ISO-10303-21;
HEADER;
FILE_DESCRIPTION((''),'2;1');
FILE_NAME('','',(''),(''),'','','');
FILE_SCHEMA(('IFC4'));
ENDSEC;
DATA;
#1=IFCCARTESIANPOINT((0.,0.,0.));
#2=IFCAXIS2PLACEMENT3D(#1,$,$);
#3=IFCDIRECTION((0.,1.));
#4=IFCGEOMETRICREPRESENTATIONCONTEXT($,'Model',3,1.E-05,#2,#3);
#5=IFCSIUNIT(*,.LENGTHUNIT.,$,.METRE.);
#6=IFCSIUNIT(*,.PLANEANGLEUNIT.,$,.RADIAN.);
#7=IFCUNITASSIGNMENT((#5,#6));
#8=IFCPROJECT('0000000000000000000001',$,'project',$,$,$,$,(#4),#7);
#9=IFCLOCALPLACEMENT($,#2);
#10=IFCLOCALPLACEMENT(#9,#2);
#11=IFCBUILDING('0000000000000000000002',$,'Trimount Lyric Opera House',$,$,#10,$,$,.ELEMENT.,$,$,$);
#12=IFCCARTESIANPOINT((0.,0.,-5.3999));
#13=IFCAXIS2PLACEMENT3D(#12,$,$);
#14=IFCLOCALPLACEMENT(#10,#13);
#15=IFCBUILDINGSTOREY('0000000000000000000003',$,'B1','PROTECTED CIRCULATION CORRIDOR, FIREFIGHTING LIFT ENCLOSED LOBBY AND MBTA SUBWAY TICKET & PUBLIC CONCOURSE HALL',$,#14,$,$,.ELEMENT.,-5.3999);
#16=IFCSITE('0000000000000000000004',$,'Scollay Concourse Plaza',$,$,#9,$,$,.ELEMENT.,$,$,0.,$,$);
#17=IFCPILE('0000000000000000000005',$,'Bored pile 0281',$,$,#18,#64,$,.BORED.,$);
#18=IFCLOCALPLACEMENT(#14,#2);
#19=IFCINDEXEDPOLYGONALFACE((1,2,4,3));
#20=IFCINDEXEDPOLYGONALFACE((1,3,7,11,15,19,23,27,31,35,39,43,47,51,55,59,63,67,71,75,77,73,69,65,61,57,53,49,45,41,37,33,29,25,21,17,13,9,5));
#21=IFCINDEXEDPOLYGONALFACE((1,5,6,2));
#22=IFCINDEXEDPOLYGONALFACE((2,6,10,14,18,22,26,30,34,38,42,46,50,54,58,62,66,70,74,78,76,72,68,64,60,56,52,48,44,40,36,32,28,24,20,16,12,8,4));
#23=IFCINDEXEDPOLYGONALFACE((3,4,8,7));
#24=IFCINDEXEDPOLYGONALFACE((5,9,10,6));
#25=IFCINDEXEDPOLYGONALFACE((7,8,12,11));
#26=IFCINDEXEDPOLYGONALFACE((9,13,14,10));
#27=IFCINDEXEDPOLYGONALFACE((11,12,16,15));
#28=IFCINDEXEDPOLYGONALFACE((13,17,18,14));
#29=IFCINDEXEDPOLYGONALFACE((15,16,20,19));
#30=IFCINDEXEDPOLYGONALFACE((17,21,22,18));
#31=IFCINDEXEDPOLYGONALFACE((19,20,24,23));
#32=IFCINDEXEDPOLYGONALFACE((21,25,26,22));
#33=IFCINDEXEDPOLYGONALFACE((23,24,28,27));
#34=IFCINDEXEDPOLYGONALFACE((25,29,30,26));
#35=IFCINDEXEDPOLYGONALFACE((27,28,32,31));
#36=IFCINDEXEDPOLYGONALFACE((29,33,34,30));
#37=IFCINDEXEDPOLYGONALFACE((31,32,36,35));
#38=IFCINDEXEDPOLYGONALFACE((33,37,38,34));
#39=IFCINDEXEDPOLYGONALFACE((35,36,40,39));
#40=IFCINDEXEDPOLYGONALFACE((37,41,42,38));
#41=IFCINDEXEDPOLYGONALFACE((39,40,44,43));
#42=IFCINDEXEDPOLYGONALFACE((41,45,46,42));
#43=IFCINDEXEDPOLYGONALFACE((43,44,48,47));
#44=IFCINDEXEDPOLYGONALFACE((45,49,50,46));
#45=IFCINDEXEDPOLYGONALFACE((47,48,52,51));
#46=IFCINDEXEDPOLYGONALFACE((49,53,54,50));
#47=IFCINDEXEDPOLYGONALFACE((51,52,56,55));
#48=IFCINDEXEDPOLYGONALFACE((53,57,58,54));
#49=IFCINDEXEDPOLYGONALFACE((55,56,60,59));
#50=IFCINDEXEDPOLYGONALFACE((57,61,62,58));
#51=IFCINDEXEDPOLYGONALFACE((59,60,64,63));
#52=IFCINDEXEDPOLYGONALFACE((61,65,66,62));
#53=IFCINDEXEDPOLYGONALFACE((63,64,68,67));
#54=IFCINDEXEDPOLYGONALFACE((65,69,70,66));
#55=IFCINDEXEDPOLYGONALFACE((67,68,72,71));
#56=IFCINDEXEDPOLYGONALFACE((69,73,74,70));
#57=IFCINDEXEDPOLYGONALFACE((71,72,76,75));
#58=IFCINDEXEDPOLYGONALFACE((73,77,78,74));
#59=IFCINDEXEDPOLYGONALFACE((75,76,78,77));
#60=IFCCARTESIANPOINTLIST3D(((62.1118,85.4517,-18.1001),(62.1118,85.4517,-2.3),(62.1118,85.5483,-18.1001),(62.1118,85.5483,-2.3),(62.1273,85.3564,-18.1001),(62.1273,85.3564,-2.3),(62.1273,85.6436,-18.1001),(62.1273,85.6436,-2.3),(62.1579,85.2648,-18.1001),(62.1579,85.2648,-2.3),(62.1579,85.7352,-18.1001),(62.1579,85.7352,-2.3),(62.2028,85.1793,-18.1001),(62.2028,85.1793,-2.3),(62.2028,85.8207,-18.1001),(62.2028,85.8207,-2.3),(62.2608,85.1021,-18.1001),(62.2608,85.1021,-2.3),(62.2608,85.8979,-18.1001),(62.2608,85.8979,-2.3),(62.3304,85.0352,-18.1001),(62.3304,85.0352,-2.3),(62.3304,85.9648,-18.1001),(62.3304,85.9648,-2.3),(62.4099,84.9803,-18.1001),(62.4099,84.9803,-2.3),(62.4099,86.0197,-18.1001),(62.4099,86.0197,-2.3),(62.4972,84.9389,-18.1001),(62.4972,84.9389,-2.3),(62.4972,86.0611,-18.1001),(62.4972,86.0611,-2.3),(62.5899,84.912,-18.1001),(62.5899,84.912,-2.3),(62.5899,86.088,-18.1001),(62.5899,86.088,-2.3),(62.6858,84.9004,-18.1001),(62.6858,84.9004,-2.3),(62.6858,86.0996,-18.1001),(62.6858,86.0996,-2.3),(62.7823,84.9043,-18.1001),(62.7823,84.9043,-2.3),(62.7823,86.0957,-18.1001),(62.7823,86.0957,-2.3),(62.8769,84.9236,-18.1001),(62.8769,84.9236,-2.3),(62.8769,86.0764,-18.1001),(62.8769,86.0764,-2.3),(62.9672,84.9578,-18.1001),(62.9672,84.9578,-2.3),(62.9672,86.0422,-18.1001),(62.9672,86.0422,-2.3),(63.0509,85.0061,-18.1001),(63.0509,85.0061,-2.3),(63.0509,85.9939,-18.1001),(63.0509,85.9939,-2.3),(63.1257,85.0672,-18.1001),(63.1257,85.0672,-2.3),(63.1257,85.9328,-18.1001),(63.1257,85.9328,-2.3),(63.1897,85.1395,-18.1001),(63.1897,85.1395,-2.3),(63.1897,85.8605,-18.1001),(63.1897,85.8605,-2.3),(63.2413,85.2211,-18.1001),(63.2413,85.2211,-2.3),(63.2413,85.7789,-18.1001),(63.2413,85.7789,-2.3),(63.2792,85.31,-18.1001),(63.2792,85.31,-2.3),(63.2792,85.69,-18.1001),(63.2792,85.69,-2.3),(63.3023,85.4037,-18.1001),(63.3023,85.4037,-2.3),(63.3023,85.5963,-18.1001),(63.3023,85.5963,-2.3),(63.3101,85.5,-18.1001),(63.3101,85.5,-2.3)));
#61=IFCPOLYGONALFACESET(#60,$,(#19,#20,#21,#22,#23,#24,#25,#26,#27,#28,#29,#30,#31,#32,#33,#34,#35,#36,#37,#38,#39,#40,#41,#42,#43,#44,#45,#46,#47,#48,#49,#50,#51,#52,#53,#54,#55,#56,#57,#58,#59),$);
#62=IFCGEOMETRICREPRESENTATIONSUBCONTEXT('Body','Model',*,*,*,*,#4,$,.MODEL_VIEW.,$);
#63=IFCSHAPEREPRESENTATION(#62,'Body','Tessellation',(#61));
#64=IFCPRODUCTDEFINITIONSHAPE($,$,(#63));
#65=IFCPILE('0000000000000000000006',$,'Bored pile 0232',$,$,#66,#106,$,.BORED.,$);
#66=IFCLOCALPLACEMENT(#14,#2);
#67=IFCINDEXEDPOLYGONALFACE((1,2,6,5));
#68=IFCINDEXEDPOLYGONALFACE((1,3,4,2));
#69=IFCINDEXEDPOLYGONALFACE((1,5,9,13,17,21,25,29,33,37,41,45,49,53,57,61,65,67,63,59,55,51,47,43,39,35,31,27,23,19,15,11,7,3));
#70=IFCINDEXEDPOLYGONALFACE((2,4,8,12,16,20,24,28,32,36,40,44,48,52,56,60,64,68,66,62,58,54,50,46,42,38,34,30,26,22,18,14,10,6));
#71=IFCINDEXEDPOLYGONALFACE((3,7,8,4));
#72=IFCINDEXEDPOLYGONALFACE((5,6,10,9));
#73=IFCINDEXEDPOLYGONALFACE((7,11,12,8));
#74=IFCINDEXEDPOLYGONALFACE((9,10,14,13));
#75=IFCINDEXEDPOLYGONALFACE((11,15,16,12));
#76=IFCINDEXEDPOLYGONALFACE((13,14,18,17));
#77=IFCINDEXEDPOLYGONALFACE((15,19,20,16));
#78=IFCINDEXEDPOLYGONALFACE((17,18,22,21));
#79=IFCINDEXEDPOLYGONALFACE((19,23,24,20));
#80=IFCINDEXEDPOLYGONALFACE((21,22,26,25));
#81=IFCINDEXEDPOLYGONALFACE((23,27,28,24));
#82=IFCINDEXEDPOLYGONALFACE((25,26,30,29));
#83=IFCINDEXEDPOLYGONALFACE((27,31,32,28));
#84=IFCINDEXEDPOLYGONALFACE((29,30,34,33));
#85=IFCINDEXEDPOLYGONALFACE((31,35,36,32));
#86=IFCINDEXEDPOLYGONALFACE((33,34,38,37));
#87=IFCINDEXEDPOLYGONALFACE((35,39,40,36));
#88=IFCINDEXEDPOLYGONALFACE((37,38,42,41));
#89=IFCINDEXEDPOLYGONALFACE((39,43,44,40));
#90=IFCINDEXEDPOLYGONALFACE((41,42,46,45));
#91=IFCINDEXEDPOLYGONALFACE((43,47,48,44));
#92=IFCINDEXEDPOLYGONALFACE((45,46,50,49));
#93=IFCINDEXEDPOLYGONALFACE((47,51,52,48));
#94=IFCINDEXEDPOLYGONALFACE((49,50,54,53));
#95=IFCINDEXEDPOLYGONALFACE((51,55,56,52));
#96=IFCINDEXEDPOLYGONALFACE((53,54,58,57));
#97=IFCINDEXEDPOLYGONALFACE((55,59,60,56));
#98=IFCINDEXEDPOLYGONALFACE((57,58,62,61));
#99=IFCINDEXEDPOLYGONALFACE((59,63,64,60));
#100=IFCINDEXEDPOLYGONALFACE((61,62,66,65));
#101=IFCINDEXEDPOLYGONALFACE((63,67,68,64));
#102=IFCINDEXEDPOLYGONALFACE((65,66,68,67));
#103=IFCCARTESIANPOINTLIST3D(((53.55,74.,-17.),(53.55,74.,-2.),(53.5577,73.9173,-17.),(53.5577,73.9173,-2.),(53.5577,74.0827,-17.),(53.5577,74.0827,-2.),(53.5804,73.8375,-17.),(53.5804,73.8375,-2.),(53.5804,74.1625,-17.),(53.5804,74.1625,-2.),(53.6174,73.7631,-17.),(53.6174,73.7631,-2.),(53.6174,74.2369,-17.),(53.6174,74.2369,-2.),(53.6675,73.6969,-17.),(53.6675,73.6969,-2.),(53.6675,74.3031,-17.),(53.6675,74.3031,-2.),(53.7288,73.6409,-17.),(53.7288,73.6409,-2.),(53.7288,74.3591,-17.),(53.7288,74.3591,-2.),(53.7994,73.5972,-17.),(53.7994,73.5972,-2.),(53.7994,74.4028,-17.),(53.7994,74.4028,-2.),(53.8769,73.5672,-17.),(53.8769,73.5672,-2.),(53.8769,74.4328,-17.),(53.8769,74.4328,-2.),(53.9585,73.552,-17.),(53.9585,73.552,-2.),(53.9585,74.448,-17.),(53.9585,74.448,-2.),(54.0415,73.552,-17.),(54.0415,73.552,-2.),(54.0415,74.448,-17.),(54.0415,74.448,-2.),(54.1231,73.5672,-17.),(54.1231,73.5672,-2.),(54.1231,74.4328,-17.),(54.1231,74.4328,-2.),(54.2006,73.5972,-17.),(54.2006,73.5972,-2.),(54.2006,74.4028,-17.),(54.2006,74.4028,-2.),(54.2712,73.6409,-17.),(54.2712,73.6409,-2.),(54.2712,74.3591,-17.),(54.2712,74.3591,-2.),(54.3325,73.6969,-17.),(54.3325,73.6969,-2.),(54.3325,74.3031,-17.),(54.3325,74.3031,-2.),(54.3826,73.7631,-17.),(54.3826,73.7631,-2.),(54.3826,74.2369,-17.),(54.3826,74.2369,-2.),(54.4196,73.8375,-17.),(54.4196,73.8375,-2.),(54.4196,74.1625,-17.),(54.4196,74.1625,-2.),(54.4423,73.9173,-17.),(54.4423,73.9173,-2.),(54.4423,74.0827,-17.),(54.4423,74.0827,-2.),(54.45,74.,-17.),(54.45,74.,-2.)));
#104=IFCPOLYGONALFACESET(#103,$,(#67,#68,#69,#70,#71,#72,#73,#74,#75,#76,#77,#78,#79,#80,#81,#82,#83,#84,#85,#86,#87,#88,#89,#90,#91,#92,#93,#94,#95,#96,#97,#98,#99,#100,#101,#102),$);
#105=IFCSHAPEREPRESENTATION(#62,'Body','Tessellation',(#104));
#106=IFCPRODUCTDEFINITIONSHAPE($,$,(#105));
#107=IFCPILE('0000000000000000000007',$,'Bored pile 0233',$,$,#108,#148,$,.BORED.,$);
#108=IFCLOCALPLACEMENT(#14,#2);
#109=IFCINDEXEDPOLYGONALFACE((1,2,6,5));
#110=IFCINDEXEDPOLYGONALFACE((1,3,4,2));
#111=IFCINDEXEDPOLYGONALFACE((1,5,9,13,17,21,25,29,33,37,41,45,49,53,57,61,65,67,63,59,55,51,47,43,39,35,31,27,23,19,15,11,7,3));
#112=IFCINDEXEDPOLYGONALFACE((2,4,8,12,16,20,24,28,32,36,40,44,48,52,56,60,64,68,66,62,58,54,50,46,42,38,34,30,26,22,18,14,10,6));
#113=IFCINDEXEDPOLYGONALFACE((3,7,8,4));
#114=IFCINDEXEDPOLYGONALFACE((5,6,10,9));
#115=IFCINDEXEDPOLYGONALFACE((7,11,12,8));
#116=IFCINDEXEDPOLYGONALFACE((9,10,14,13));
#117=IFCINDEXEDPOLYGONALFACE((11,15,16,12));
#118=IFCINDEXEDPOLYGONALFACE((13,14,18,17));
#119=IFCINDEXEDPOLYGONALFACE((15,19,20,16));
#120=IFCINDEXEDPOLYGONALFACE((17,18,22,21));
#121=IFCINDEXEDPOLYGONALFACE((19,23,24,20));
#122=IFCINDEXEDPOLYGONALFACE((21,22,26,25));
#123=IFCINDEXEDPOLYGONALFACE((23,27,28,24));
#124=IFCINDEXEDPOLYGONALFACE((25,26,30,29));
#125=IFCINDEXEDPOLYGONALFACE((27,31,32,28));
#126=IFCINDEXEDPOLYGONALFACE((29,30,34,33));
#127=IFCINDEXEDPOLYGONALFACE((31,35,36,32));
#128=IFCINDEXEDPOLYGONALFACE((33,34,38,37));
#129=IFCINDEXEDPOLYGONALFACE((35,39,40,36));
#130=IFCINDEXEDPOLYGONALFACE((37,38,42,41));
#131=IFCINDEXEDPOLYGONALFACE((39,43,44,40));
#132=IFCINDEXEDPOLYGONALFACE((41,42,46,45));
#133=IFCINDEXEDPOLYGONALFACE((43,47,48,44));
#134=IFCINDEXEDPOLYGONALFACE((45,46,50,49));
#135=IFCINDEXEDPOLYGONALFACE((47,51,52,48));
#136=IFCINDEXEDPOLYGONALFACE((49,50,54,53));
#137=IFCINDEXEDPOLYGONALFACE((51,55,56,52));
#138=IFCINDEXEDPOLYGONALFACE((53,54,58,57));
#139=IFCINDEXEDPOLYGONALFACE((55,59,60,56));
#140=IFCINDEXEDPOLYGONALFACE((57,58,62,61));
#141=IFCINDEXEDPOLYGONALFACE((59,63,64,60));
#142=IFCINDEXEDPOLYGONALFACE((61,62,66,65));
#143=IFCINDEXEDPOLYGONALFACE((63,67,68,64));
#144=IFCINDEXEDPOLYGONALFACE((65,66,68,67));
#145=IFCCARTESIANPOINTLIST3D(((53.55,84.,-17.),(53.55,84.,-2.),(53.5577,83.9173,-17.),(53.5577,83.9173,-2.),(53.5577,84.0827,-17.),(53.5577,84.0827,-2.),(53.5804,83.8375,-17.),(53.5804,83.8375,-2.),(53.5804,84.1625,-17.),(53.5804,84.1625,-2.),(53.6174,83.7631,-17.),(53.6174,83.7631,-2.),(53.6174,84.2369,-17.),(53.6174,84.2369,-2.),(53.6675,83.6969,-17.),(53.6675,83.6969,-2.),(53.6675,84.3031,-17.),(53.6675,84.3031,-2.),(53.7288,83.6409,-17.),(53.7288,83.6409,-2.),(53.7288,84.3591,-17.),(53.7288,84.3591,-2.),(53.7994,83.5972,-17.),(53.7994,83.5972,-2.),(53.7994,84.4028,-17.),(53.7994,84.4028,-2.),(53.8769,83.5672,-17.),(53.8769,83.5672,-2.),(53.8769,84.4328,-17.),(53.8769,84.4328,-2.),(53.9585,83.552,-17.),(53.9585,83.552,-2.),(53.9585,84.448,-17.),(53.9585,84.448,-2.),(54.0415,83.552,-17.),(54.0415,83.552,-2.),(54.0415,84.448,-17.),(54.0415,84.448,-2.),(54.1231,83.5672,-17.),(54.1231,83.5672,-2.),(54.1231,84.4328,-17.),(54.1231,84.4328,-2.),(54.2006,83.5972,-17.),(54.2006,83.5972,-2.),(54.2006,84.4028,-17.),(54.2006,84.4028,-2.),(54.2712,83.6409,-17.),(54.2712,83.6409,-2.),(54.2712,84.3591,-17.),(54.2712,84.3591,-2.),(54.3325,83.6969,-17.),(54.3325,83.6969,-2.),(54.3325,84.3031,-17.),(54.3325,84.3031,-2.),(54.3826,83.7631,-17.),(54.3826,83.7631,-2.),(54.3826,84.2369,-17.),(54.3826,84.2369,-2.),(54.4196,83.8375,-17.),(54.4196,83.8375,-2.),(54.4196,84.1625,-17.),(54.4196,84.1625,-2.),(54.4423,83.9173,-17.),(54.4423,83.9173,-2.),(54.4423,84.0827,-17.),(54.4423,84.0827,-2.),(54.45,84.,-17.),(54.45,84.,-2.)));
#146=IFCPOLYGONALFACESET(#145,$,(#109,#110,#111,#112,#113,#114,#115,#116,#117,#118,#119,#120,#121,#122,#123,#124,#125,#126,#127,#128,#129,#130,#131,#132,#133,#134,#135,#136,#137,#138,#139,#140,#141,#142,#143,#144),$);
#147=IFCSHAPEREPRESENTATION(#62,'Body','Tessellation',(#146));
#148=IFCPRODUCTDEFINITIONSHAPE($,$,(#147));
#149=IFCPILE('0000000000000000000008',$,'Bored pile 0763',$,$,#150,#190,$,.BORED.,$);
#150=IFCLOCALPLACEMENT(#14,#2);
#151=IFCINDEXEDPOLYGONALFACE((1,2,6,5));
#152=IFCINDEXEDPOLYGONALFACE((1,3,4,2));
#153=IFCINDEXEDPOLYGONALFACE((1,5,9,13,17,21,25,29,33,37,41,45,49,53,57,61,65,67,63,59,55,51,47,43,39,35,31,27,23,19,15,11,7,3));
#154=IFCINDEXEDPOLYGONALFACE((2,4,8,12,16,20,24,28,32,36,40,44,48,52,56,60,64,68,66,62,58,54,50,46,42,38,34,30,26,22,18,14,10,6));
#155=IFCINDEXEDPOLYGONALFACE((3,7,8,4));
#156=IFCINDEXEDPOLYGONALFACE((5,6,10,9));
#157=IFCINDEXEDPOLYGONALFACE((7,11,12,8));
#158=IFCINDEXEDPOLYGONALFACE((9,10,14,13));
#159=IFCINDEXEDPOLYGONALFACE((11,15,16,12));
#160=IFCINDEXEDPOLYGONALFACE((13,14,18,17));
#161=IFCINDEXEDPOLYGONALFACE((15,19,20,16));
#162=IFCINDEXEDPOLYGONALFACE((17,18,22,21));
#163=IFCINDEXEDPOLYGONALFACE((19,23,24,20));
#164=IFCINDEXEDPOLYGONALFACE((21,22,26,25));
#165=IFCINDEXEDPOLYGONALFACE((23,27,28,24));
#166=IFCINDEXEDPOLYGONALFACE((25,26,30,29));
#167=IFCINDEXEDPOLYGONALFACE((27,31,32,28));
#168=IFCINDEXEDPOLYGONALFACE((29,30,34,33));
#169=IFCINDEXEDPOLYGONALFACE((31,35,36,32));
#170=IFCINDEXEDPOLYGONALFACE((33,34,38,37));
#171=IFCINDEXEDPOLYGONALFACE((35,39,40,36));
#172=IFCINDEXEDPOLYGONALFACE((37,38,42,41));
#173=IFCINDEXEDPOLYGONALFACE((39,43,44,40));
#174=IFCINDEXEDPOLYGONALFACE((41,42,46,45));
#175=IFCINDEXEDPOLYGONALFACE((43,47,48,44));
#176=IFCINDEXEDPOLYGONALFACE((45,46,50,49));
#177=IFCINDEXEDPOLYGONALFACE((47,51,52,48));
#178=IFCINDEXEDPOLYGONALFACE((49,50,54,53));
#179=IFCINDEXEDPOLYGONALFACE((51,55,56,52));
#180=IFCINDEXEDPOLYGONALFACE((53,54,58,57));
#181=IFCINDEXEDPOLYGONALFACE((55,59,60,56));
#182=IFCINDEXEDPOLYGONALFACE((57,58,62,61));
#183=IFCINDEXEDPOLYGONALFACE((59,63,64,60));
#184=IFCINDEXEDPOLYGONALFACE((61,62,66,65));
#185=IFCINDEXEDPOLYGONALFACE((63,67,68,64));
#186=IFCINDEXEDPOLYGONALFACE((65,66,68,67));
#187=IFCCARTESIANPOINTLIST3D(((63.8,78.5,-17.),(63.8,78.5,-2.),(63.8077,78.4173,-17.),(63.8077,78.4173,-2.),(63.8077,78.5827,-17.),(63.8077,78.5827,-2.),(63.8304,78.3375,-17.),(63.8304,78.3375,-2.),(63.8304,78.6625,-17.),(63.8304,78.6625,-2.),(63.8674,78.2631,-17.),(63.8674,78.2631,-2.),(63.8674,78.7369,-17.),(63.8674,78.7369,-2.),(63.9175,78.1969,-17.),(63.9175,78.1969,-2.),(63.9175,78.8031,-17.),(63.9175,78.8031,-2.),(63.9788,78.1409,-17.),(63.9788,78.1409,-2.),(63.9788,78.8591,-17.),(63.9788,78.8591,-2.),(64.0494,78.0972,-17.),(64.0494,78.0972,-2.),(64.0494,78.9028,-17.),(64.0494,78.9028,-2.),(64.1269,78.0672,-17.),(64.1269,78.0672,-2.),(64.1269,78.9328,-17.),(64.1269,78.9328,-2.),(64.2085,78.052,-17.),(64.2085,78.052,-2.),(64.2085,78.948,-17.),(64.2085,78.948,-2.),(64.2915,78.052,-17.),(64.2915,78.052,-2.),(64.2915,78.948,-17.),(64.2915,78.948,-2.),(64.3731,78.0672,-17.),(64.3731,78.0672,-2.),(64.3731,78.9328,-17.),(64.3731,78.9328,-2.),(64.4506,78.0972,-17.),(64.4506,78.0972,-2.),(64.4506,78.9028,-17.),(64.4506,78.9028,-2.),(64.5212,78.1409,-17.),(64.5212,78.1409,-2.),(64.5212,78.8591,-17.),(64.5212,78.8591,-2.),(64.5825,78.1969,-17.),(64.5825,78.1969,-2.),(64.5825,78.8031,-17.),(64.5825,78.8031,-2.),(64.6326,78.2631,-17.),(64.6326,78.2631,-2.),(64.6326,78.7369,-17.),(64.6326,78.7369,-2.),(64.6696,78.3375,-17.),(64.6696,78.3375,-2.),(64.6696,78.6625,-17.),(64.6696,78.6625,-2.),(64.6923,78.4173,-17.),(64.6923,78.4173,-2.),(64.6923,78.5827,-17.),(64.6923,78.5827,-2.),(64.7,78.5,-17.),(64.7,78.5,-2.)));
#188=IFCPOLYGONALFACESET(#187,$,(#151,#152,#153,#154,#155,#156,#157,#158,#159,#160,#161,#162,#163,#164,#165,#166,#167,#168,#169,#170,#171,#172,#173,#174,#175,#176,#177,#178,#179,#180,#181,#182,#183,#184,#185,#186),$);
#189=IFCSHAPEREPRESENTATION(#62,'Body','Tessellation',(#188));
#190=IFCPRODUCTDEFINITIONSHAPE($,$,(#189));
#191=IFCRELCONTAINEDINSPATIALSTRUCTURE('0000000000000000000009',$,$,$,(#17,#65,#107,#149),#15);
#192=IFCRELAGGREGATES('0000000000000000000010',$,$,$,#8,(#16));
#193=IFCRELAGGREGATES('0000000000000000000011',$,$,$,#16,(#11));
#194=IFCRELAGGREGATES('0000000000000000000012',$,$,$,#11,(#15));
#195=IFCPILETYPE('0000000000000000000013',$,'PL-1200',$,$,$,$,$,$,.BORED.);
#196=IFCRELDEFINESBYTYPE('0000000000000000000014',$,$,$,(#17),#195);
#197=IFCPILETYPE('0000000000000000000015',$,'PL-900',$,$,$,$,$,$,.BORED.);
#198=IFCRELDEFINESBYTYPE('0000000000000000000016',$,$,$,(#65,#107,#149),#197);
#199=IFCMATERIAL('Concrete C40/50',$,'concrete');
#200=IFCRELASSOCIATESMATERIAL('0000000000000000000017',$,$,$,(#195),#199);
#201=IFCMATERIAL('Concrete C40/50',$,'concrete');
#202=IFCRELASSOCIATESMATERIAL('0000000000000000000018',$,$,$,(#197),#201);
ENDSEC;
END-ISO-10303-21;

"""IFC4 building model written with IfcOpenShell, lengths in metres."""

from ifc_helpers import new_model, si_unit, direction, frame, origin, origin_2d, place, context, subcontext, project, spatial, circle, extrude, material, material_profile, profile_set, type_object, element, save


model = new_model("IFC4")

# Units and contexts
model_context = context("Model", 3, precision=1e-05, world=origin(), true_north=direction((0.0, 1.0)))
body_context = subcontext(model_context, "Body", "Model", "MODEL_VIEW")
ifc_project = project(units=[si_unit("LENGTHUNIT", "METRE"), si_unit("PLANEANGLEUNIT", "RADIAN")], contexts=[model_context])

# Site, building, storey
site_placement = place(None, origin())
site = spatial("IfcSite", under=ifc_project, at=site_placement, Name="Scollay Concourse Plaza", CompositionType="ELEMENT", RefElevation=0.0)
building_placement = place(site_placement, origin())
building = spatial("IfcBuilding", under=site, at=building_placement, Name="Trimount Lyric Opera House", CompositionType="ELEMENT")
storey_placement = place(building_placement, frame((0.0, 0.0, -5.3999)))
storey = spatial("IfcBuildingStorey", under=building, at=storey_placement, Name="B1", Description="PROTECTED CIRCULATION CORRIDOR, FIREFIGHTING LIFT ENCLOSED LOBBY AND MBTA SUBWAY TICKET & PUBLIC CONCOURSE HALL", CompositionType="ELEMENT", Elevation=-5.3999)

# Piles
ifc_material_1 = material(Name="Concrete C40/50", Category="concrete")
ifc_material_profile_1 = material_profile(ifc_material_1, circle(Radius=0.6001, at=origin_2d()), Name="PILE-D1200")
ifc_profile_set_1 = profile_set([ifc_material_profile_1], Name="Concrete C40/50")
pile_type_1 = type_object("IfcPileType", Name="PL-1200", PredefinedType="BORED", material=ifc_profile_set_1)
for number, where, z_axis, x_axis, name in (
    (1, (62.71, 85.5, -2.3), (0.0, 0.0, -1.0), (1.0, 0.0, 0.0), "Bored pile 0281"),
):
    element("IfcPile", number, at=place(storey_placement, frame(where, z_axis=z_axis, x_axis=x_axis)), inside=storey, type_object=pile_type_1, Name=name, PredefinedType="BORED", context=body_context, shape_type="SweptSolid", body=[
        extrude(circle(Radius=0.6001, at=origin_2d()), origin(), (0.0, 0.0, 1.0), 15.8),
    ])
ifc_material_2 = material(Name="Concrete C40/50", Category="concrete")
ifc_material_profile_2 = material_profile(ifc_material_2, circle(Radius=0.45, at=origin_2d()), Name="PILE-D900")
ifc_profile_set_2 = profile_set([ifc_material_profile_2], Name="Concrete C40/50")
pile_type_2 = type_object("IfcPileType", Name="PL-900", PredefinedType="BORED", material=ifc_profile_set_2)
for number, where, z_axis, x_axis, name in (
    (2, (54.0, 74.0, -2.0), (0.0, 0.0, -1.0), (1.0, 0.0, 0.0), "Bored pile 0232"),
    (3, (54.0, 84.0, -2.0), (0.0, 0.0, -1.0), (1.0, 0.0, 0.0), "Bored pile 0233"),
    (4, (64.25, 78.5, -2.0), (0.0, 0.0, -1.0), (1.0, 0.0, 0.0), "Bored pile 0763"),
):
    element("IfcPile", number, at=place(storey_placement, frame(where, z_axis=z_axis, x_axis=x_axis)), inside=storey, type_object=pile_type_2, Name=name, PredefinedType="BORED", context=body_context, shape_type="SweptSolid", body=[
        extrude(circle(Radius=0.45, at=origin_2d()), origin(), (0.0, 0.0, 1.0), 15.0),
    ])

save(model, "model.ifc")
